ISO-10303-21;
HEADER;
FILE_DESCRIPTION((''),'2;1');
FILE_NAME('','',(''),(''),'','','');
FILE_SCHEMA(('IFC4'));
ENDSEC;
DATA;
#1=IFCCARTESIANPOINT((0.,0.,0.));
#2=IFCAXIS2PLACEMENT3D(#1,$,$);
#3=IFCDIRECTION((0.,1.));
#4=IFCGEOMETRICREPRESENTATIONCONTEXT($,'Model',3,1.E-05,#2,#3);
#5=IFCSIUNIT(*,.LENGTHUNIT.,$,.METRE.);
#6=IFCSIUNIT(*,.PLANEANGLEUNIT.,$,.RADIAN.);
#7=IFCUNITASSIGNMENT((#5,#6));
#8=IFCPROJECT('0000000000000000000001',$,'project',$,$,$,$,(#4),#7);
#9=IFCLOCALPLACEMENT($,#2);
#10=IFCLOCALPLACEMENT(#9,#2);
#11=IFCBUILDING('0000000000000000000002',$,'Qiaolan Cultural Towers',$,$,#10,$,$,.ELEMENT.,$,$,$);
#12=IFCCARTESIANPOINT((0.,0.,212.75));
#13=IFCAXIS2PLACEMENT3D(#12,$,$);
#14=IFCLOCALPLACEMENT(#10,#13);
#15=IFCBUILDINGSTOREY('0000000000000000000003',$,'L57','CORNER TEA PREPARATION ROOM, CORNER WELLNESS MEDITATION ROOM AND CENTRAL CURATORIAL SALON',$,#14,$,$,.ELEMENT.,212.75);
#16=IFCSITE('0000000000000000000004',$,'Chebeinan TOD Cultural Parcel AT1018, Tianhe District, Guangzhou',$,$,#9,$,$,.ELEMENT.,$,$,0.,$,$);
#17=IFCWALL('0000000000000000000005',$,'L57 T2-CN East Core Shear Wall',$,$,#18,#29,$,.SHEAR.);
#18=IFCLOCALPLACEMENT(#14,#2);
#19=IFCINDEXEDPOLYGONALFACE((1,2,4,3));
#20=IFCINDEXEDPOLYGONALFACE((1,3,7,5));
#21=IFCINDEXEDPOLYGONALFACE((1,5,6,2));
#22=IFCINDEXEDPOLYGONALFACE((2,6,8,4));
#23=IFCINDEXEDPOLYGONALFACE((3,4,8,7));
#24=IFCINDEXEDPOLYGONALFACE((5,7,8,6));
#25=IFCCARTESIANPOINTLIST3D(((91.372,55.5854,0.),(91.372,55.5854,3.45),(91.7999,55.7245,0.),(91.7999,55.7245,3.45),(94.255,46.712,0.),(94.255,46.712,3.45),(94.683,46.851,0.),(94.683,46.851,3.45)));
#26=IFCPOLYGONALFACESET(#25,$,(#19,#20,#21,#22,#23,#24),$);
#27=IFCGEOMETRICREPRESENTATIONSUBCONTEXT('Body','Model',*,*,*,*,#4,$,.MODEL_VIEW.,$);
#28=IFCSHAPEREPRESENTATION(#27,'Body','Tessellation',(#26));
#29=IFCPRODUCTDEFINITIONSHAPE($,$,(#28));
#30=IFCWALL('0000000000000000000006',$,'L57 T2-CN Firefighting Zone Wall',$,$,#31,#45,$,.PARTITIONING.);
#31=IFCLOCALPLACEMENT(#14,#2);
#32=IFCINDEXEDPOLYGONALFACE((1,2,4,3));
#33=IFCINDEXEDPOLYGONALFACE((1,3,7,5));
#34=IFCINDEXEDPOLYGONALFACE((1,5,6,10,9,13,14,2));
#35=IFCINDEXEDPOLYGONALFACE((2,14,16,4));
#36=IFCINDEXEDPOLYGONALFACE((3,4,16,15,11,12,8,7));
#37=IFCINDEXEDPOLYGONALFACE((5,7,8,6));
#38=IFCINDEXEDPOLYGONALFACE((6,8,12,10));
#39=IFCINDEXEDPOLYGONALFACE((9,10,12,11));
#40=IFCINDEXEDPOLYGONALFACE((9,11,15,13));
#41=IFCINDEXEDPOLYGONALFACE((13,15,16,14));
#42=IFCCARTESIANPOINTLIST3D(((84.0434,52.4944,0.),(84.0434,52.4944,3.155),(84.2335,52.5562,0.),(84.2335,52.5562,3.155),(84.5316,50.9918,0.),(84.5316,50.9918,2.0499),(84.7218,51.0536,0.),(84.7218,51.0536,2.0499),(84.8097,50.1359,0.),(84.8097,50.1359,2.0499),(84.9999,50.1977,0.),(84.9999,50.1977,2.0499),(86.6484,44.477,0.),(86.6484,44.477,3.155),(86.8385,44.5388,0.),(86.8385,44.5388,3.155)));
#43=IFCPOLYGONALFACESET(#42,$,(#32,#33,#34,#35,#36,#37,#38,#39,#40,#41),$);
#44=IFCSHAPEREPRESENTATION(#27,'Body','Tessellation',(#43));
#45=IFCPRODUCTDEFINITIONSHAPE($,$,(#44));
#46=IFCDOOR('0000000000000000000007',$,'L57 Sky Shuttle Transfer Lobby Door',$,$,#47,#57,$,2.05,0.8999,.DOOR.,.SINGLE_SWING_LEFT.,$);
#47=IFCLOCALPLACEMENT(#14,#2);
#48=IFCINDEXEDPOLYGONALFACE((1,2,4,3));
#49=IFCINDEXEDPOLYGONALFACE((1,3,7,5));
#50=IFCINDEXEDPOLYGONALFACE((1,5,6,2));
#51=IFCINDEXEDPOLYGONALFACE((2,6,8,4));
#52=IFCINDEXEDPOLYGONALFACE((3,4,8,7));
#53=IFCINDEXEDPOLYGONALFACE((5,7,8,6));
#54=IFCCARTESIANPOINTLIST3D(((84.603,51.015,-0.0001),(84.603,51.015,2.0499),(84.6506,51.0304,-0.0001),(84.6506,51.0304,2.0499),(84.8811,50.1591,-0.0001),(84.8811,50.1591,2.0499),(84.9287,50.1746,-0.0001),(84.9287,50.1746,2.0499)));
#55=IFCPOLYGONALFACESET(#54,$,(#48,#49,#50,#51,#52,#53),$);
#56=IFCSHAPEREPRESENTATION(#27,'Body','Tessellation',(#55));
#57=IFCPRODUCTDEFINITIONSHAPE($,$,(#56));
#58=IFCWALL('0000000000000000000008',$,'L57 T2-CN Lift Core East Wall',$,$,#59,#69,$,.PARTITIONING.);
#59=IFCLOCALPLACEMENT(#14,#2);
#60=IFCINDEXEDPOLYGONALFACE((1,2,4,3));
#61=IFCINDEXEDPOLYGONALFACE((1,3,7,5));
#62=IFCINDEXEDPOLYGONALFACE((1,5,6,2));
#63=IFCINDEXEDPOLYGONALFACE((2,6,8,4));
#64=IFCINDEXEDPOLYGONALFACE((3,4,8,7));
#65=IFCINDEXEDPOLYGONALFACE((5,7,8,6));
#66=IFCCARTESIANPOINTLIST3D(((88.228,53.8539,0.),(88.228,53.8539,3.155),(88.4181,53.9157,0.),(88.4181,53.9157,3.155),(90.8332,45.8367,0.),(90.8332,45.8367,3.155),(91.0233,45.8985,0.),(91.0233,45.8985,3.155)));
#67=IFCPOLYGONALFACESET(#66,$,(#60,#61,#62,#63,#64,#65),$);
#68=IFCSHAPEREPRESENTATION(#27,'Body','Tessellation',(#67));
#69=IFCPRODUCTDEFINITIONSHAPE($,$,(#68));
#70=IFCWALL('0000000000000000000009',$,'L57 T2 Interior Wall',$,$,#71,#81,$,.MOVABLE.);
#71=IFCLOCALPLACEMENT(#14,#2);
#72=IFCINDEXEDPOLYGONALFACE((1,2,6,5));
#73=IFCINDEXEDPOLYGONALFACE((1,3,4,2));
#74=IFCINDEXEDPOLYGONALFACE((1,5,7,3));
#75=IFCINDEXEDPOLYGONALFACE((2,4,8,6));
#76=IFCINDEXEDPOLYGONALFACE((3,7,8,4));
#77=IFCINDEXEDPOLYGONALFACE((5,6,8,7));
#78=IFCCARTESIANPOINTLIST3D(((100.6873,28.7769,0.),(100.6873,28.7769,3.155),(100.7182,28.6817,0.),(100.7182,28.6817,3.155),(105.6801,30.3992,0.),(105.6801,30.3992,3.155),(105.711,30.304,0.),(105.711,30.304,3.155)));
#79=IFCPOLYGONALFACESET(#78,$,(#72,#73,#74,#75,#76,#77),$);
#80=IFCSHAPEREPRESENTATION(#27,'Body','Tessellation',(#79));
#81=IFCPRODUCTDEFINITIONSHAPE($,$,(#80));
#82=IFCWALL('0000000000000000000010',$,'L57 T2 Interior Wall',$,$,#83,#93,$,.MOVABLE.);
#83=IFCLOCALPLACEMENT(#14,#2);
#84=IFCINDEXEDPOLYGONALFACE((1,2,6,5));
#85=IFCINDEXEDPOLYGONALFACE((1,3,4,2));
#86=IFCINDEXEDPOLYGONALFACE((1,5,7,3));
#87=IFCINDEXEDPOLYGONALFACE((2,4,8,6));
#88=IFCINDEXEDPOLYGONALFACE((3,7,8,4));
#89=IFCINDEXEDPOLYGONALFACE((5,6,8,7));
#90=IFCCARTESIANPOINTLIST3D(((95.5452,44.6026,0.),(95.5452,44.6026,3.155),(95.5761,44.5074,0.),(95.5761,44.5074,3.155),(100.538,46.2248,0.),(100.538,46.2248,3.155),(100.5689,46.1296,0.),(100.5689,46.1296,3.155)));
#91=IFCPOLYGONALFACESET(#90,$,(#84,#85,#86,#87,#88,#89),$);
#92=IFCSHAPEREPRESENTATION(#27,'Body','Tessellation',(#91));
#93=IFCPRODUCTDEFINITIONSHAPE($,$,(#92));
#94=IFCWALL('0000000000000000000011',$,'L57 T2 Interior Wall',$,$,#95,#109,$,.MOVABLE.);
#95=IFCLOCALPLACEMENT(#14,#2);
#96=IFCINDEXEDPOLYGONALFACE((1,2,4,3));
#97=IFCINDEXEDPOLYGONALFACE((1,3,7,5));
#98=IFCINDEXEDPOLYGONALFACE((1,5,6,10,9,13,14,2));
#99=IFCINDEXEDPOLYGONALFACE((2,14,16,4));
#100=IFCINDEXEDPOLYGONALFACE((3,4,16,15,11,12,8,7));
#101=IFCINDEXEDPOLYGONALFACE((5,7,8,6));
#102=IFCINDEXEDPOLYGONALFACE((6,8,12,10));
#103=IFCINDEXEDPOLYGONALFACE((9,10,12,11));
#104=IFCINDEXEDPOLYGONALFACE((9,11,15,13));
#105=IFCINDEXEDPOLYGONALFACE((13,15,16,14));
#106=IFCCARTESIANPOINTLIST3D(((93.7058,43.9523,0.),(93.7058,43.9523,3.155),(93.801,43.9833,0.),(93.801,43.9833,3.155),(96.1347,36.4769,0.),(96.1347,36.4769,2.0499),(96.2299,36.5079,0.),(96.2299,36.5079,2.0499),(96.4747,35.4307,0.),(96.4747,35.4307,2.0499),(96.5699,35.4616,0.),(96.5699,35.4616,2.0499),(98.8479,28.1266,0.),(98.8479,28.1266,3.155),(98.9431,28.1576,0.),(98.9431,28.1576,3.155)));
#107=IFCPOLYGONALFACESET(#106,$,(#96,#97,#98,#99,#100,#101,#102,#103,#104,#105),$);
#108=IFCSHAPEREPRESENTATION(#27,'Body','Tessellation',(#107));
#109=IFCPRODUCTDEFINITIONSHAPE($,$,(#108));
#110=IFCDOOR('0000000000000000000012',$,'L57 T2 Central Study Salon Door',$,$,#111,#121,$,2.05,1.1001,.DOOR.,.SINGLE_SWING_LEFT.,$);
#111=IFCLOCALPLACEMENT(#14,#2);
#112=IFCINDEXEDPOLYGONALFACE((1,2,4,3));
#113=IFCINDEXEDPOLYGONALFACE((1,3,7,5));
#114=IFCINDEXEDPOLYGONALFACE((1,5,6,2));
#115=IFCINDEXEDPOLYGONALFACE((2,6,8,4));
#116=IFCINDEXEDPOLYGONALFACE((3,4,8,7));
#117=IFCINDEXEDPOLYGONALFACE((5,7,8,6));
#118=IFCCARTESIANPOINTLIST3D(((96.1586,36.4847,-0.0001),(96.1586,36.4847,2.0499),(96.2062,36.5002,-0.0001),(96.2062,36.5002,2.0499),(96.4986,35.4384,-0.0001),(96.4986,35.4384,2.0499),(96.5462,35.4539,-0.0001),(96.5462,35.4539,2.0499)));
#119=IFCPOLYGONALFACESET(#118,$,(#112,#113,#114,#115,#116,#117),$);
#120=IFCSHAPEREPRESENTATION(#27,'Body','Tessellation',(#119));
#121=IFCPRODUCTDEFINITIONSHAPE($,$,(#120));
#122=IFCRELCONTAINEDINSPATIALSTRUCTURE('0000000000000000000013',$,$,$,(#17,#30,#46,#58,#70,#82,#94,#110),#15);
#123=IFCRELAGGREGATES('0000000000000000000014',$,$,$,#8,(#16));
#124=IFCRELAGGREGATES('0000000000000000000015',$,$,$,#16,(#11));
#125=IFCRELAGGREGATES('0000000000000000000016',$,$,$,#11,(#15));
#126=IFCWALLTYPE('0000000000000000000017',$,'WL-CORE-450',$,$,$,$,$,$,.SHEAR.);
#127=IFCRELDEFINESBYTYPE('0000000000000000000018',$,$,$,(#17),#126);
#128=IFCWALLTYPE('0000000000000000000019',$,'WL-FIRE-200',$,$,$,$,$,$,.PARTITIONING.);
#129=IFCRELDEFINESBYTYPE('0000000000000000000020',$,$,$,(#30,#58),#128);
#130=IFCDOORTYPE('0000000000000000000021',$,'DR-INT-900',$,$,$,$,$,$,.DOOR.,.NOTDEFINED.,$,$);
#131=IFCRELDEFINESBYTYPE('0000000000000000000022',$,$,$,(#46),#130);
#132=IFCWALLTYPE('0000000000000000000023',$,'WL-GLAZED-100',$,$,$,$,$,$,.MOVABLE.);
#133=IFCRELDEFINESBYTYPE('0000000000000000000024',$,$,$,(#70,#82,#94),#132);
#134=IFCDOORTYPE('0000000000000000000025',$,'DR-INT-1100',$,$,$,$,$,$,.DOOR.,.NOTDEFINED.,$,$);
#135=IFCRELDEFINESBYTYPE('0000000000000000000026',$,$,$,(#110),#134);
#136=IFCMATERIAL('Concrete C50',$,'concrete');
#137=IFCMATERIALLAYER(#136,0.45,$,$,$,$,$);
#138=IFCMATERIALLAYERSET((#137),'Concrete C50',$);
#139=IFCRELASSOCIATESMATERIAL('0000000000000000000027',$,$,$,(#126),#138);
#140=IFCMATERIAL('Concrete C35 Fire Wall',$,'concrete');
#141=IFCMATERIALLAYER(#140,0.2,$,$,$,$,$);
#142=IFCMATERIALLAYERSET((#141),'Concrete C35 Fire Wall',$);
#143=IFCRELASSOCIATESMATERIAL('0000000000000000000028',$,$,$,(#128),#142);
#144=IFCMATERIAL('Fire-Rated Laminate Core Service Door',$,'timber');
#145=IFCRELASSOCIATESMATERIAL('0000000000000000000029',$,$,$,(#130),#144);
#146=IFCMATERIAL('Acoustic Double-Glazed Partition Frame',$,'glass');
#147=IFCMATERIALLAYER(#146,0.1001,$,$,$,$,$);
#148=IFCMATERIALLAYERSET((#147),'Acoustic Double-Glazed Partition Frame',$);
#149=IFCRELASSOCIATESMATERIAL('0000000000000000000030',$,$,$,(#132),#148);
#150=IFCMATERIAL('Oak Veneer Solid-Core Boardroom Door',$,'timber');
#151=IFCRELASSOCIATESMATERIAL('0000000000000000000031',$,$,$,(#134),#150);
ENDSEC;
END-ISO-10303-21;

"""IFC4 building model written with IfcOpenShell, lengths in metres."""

from ifc_helpers import new_model, si_unit, direction, frame, frame_2d, origin, place, context, subcontext, project, spatial, rectangle, extrude, material, layer, layer_set, type_object, element, fill, save


model = new_model("IFC4")

# Units and contexts
model_context = context("Model", 3, precision=1e-05, world=origin(), true_north=direction((0.0, 1.0)))
body_context = subcontext(model_context, "Body", "Model", "MODEL_VIEW")
ifc_project = project(units=[si_unit("LENGTHUNIT", "METRE"), si_unit("PLANEANGLEUNIT", "RADIAN")], contexts=[model_context])

# Site, building, storey
site_placement = place(None, origin())
site = spatial("IfcSite", under=ifc_project, at=site_placement, Name="Chebeinan TOD Cultural Parcel AT1018, Tianhe District, Guangzhou", CompositionType="ELEMENT", RefElevation=0.0)
building_placement = place(site_placement, origin())
building = spatial("IfcBuilding", under=site, at=building_placement, Name="Qiaolan Cultural Towers", CompositionType="ELEMENT")
storey_placement = place(building_placement, frame((0.0, 0.0, 212.75)))
storey = spatial("IfcBuildingStorey", under=building, at=storey_placement, Name="L57", Description="CORNER TEA PREPARATION ROOM, CORNER WELLNESS MEDITATION ROOM AND CENTRAL CURATORIAL SALON", CompositionType="ELEMENT", Elevation=212.75)

# Wall
ifc_material_1 = material(Name="Concrete C50", Category="concrete")
ifc_layer_1 = layer(ifc_material_1, 0.45)
ifc_layer_set_1 = layer_set([ifc_layer_1], Name="Concrete C50")
wall_type_1 = type_object("IfcWallType", Name="WL-CORE-450", PredefinedType="SHEAR", material=ifc_layer_set_1)
for number, where, z_axis, x_axis, name in (
    (1, (94.469, 46.7815, 0.0), (0.0, 0.0, 1.0), (-0.309004, 0.951061, 0.0), "L57 T2-CN East Core Shear Wall"),
):
    element("IfcWall", number, at=place(storey_placement, frame(where, z_axis=z_axis, x_axis=x_axis)), inside=storey, type_object=wall_type_1, Name=name, PredefinedType="SHEAR", context=body_context, shape_type="SweptSolid", body=[
        extrude(rectangle(XDim=9.3301, YDim=0.45, at=frame_2d((4.665, 0.0))), origin(), (0.0, 0.0, 1.0), 3.45),
    ])

# Wall, opening, door
ifc_material_2 = material(Name="Concrete C35 Fire Wall", Category="concrete")
ifc_layer_2 = layer(ifc_material_2, 0.2)
ifc_layer_set_2 = layer_set([ifc_layer_2], Name="Concrete C35 Fire Wall")
wall_type_2 = type_object("IfcWallType", Name="WL-FIRE-200", PredefinedType="PARTITIONING", material=ifc_layer_set_2)
wall_1_placement = place(storey_placement, frame((86.7434, 44.5081, 0.0), z_axis=(0.0, 0.0, 1.0), x_axis=(-0.309016, 0.951057, 0.0)))
wall_1 = element("IfcWall", 2, at=wall_1_placement, inside=storey, type_object=wall_type_2, Name="L57 T2-CN Firefighting Zone Wall", PredefinedType="PARTITIONING", context=body_context, shape_type="SweptSolid", body=[
    extrude(rectangle(XDim=8.4299, YDim=0.2, at=frame_2d((4.2148, 0.0))), origin(), (0.0, 0.0, 1.0), 3.155),
])
opening_1_placement = place(wall_1_placement, frame((5.95, 0.0, 0.0)))
opening_1 = element("IfcOpeningElement", 3, at=opening_1_placement, cuts=wall_1, PredefinedType="OPENING", context=body_context, shape_type="SweptSolid", body=[
    extrude(rectangle(XDim=0.8999, YDim=2.05, at=frame_2d((0.45, 1.0249))), frame((0.0, 0.1099, 0.0), z_axis=(0.0, -1.0, 0.0), x_axis=(1.0, 0.0, 0.0)), (0.0, 0.0, 1.0), 0.22),
])
ifc_material_3 = material(Name="Fire-Rated Laminate Core Service Door", Category="timber")
door_type_1 = type_object("IfcDoorType", Name="DR-INT-900", OperationType="NOTDEFINED", PredefinedType="DOOR", material=ifc_material_3)
door_1_placement = place(opening_1_placement, origin())
door_1 = element("IfcDoor", 4, at=door_1_placement, inside=storey, type_object=door_type_1, Name="L57 Sky Shuttle Transfer Lobby Door", OperationType="SINGLE_SWING_LEFT", OverallHeight=2.05, OverallWidth=0.8999, PredefinedType="DOOR", context=body_context, shape_type="SweptSolid", body=[
    extrude(rectangle(XDim=0.8999, YDim=2.05, at=frame_2d((0.45, 1.0249))), frame((0.0, 0.0249, 0.0), z_axis=(0.0, -1.0, 0.0), x_axis=(1.0, 0.0, 0.0)), (0.0, 0.0, 1.0), 0.05),
])
fill(opening_1, door_1)

# Walls
wall_2_placement = place(storey_placement, frame((90.9282, 45.8677, 0.0), z_axis=(0.0, 0.0, 1.0), x_axis=(-0.309042, 0.951048, 0.0)))
element("IfcWall", 5, at=wall_2_placement, inside=storey, type_object=wall_type_2, Name="L57 T2-CN Lift Core East Wall", PredefinedType="PARTITIONING", context=body_context, shape_type="SweptSolid", body=[
    extrude(rectangle(XDim=8.4299, YDim=0.2, at=frame_2d((4.2148, 0.0))), origin(), (0.0, 0.0, 1.0), 3.155),
])
ifc_material_4 = material(Name="Acoustic Double-Glazed Partition Frame", Category="glass")
ifc_layer_3 = layer(ifc_material_4, 0.1001)
ifc_layer_set_3 = layer_set([ifc_layer_3], Name="Acoustic Double-Glazed Partition Frame")
wall_type_3 = type_object("IfcWallType", Name="WL-GLAZED-100", PredefinedType="MOVABLE", material=ifc_layer_set_3)
for number, where, z_axis, x_axis, name in (
    (6, (100.7026, 28.7292, 0.0), (0.0, 0.0, 1.0), (0.951056, 0.30902, 0.0), "L57 T2 Interior Wall"),
    (7, (95.5605, 44.5549, 0.0), (0.0, 0.0, 1.0), (0.951056, 0.30902, 0.0), "L57 T2 Interior Wall"),
):
    element("IfcWall", number, at=place(storey_placement, frame(where, z_axis=z_axis, x_axis=x_axis)), inside=storey, type_object=wall_type_3, Name=name, PredefinedType="MOVABLE", context=body_context, shape_type="SweptSolid", body=[
        extrude(rectangle(XDim=5.2498, YDim=0.1001, at=frame_2d((2.625, 0.0))), origin(), (0.0, 0.0, 1.0), 3.155),
    ])

# Wall, opening, door
wall_3_placement = place(storey_placement, frame((98.8955, 28.1421, 0.0), z_axis=(0.0, 0.0, 1.0), x_axis=(-0.309018, 0.951056, 0.0)))
wall_3 = element("IfcWall", 8, at=wall_3_placement, inside=storey, type_object=wall_type_3, Name="L57 T2 Interior Wall", PredefinedType="MOVABLE", context=body_context, shape_type="SweptSolid", body=[
    extrude(rectangle(XDim=16.6401, YDim=0.1001, at=frame_2d((8.3201, 0.0))), origin(), (0.0, 0.0, 1.0), 3.155),
])
opening_2_placement = place(wall_3_placement, frame((7.6799, 0.0, 0.0)))
opening_2 = element("IfcOpeningElement", 9, at=opening_2_placement, cuts=wall_3, PredefinedType="OPENING", context=body_context, shape_type="SweptSolid", body=[
    extrude(rectangle(XDim=1.1001, YDim=2.05, at=frame_2d((0.55, 1.0249))), frame((0.0, 0.0601, 0.0), z_axis=(0.0, -1.0, 0.0), x_axis=(1.0, 0.0, 0.0)), (0.0, 0.0, 1.0), 0.1201),
])
ifc_material_5 = material(Name="Oak Veneer Solid-Core Boardroom Door", Category="timber")
door_type_2 = type_object("IfcDoorType", Name="DR-INT-1100", OperationType="NOTDEFINED", PredefinedType="DOOR", material=ifc_material_5)
door_2_placement = place(opening_2_placement, origin())
door_2 = element("IfcDoor", 10, at=door_2_placement, inside=storey, type_object=door_type_2, Name="L57 T2 Central Study Salon Door", OperationType="SINGLE_SWING_LEFT", OverallHeight=2.05, OverallWidth=1.1001, PredefinedType="DOOR", context=body_context, shape_type="SweptSolid", body=[
    extrude(rectangle(XDim=1.1001, YDim=2.05, at=frame_2d((0.55, 1.0249))), frame((0.0, 0.0249, 0.0), z_axis=(0.0, -1.0, 0.0), x_axis=(1.0, 0.0, 0.0)), (0.0, 0.0, 1.0), 0.05),
])
fill(opening_2, door_2)

save(model, "model.ifc")
